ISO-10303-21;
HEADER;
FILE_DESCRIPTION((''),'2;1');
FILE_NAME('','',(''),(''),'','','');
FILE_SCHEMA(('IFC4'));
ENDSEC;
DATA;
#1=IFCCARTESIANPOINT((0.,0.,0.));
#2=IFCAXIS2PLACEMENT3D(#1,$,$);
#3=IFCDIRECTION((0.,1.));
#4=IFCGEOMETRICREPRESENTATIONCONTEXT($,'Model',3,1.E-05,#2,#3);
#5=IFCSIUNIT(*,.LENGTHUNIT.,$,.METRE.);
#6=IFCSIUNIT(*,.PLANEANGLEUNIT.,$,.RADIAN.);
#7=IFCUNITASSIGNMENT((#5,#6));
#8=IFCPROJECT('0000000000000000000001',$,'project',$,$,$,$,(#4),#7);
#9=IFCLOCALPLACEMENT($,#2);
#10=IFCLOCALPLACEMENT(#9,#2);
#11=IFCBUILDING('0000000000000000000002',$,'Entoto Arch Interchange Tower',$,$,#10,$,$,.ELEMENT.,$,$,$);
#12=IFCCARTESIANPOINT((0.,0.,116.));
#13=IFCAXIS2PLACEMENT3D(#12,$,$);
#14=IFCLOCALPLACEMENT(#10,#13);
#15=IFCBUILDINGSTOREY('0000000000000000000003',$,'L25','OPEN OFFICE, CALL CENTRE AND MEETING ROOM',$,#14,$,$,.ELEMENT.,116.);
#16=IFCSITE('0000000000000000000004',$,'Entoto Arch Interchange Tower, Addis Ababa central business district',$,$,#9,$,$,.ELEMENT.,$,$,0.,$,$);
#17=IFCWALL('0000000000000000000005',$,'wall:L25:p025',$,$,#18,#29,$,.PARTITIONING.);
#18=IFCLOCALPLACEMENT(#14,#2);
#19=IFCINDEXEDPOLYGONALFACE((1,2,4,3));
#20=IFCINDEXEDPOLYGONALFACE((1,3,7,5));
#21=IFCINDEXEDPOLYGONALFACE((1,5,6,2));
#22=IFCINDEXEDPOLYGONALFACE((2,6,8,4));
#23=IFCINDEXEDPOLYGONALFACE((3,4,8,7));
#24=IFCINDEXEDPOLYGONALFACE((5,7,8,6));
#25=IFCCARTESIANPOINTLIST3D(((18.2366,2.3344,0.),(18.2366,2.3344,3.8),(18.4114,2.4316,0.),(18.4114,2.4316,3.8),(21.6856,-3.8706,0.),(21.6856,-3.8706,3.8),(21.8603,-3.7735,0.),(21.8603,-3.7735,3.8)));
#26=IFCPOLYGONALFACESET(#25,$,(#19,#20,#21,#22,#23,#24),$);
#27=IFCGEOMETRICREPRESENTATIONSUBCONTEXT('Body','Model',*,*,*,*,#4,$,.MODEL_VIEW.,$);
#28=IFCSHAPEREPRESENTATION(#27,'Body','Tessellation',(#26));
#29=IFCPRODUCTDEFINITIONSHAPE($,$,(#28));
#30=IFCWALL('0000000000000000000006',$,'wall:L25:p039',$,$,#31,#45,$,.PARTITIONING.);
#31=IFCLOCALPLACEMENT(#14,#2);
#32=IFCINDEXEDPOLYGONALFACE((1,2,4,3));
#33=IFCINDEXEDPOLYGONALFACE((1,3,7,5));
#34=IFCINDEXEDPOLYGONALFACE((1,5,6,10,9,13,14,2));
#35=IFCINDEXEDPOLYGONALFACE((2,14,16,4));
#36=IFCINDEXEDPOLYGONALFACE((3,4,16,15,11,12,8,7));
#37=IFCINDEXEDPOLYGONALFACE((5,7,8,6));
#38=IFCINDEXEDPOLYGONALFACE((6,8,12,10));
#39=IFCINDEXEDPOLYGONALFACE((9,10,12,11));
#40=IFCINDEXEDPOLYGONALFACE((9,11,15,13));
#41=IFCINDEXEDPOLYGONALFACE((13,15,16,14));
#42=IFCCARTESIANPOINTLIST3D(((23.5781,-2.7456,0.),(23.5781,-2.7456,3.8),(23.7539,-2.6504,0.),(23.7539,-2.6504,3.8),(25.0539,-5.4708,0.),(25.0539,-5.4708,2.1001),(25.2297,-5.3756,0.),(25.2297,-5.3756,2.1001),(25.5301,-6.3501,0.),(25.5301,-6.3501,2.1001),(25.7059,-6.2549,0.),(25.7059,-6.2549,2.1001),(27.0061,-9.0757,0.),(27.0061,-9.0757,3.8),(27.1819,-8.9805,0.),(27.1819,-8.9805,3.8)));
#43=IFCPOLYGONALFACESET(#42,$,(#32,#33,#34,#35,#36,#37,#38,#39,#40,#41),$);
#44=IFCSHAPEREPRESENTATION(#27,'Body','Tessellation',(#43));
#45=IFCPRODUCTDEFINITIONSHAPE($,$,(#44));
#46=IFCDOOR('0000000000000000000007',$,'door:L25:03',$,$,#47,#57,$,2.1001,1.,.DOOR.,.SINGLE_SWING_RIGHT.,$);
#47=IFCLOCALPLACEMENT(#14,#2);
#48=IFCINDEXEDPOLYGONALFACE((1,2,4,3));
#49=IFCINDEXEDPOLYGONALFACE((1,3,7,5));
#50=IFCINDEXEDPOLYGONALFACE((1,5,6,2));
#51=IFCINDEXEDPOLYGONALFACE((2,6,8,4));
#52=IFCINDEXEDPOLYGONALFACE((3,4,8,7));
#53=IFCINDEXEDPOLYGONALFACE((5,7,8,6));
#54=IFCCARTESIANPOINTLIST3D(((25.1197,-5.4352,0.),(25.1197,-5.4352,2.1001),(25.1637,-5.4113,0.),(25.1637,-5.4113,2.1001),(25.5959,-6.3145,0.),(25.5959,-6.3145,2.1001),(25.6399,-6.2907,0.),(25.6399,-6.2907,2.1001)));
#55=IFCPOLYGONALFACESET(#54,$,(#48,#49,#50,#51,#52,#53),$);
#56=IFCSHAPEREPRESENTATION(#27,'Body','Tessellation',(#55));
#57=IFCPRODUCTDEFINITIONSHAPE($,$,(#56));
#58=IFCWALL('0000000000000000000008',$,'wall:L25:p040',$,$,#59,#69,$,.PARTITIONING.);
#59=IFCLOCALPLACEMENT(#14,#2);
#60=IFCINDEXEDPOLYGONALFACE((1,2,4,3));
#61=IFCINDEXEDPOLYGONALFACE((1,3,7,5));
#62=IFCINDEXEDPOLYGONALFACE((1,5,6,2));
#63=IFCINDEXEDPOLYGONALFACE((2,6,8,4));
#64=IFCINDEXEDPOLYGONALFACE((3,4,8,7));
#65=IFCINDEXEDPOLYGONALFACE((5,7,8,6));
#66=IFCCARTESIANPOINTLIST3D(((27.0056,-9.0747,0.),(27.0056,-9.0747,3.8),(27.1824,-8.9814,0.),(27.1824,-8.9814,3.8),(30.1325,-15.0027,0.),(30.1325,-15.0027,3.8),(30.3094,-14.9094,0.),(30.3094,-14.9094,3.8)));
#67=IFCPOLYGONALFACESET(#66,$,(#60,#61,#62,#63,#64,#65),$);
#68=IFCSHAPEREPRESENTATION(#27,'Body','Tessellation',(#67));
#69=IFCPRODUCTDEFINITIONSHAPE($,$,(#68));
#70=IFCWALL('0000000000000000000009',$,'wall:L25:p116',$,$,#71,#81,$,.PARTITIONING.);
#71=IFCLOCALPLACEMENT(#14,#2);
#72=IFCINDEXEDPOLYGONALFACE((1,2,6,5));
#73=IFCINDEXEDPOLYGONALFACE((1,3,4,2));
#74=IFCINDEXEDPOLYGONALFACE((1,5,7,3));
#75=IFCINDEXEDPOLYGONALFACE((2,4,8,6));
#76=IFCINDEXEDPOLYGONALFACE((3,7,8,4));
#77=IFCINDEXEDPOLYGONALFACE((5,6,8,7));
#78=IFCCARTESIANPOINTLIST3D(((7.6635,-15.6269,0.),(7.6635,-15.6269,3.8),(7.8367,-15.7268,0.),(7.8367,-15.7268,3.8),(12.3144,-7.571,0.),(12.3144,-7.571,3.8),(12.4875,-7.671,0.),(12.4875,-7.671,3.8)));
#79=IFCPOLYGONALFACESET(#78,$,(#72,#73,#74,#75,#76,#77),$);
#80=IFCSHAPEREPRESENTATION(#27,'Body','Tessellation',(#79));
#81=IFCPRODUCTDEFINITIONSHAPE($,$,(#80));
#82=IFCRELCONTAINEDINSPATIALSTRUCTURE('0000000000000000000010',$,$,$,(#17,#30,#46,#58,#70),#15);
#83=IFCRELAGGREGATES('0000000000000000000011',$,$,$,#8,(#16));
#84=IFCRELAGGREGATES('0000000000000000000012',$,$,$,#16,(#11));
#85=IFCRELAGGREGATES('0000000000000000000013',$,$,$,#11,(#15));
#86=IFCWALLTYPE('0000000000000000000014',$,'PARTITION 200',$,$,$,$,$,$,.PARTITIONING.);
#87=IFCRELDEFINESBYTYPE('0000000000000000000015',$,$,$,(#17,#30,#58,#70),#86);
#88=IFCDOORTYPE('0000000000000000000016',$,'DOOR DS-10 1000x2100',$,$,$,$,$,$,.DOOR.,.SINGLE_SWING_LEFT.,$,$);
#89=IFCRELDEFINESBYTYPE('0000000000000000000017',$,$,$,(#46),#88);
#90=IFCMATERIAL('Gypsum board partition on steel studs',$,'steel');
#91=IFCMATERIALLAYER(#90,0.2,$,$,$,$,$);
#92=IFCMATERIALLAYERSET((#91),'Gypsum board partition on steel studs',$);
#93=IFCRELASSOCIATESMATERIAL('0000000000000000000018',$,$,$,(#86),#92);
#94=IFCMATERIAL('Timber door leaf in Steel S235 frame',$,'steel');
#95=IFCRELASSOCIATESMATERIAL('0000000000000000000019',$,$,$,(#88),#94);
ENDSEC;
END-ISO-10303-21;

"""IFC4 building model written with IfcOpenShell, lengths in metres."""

from ifc_helpers import new_model, si_unit, direction, frame, frame_2d, origin, place, context, subcontext, project, spatial, rectangle, extrude, material, layer, layer_set, type_object, element, fill, save


model = new_model("IFC4")

# Units and contexts
model_context = context("Model", 3, precision=1e-05, world=origin(), true_north=direction((0.0, 1.0)))
body_context = subcontext(model_context, "Body", "Model", "MODEL_VIEW")
ifc_project = project(units=[si_unit("LENGTHUNIT", "METRE"), si_unit("PLANEANGLEUNIT", "RADIAN")], contexts=[model_context])

# Site, building, storey
site_placement = place(None, origin())
site = spatial("IfcSite", under=ifc_project, at=site_placement, Name="Entoto Arch Interchange Tower, Addis Ababa central business district", CompositionType="ELEMENT", RefElevation=0.0)
building_placement = place(site_placement, origin())
building = spatial("IfcBuilding", under=site, at=building_placement, Name="Entoto Arch Interchange Tower", CompositionType="ELEMENT")
storey_placement = place(building_placement, frame((0.0, 0.0, 116.0)))
storey = spatial("IfcBuildingStorey", under=building, at=storey_placement, Name="L25", Description="OPEN OFFICE, CALL CENTRE AND MEETING ROOM", CompositionType="ELEMENT", Elevation=116.0)

# Shared definitions
ifc_material_1 = material(Name="Gypsum board partition on steel studs", Category="steel")
ifc_layer_1 = layer(ifc_material_1, 0.2)
ifc_layer_set_1 = layer_set([ifc_layer_1], Name="Gypsum board partition on steel studs")
wall_type_1 = type_object("IfcWallType", Name="PARTITION 200", PredefinedType="PARTITIONING", material=ifc_layer_set_1)

# Shared definitions
ifc_material_2 = material(Name="Timber door leaf in Steel S235 frame", Category="steel")

# Wall
wall_1_placement = place(storey_placement, frame((21.7729, -3.822, 0.0), z_axis=(0.0, 0.0, 1.0), x_axis=(-0.485827, 0.874055, 0.0)))
element("IfcWall", 1, at=wall_1_placement, inside=storey, type_object=wall_type_1, Name="wall:L25:p025", PredefinedType="PARTITIONING", context=body_context, shape_type="SweptSolid", body=[
    extrude(rectangle(XDim=7.0991, YDim=0.2, at=frame_2d((3.5496, 0.0))), origin(), (0.0, 0.0, 1.0), 3.8),
])

# Wall, opening, door
wall_2_placement = place(storey_placement, frame((23.666, -2.698, 0.0), z_axis=(0.0, 0.0, 1.0), x_axis=(0.476196, -0.879339, 0.0)))
wall_2 = element("IfcWall", 2, at=wall_2_placement, inside=storey, type_object=wall_type_1, Name="wall:L25:p039", PredefinedType="PARTITIONING", context=body_context, shape_type="SweptSolid", body=[
    extrude(rectangle(XDim=7.1987, YDim=0.2, at=frame_2d((3.5994, 0.0))), origin(), (0.0, 0.0, 1.0), 3.8),
])
opening_1_placement = place(wall_2_placement, frame((3.0991, 0.0, 0.0)))
opening_1 = element("IfcOpeningElement", 3, at=opening_1_placement, cuts=wall_2, PredefinedType="OPENING", context=body_context, shape_type="SweptSolid", body=[
    extrude(rectangle(XDim=1.0, YDim=2.1001, at=frame_2d((0.5, 1.05))), frame((0.0, 0.1099, 0.0), z_axis=(0.0, -1.0, 0.0), x_axis=(1.0, 0.0, 0.0)), (0.0, 0.0, 1.0), 0.22),
])
door_type_1 = type_object("IfcDoorType", Name="DOOR DS-10 1000x2100", OperationType="SINGLE_SWING_LEFT", PredefinedType="DOOR", material=ifc_material_2)
door_1_placement = place(opening_1_placement, origin())
door_1 = element("IfcDoor", 4, at=door_1_placement, inside=storey, type_object=door_type_1, Name="door:L25:03", OperationType="SINGLE_SWING_RIGHT", OverallHeight=2.1001, OverallWidth=1.0, PredefinedType="DOOR", context=body_context, shape_type="SweptSolid", body=[
    extrude(rectangle(XDim=1.0, YDim=2.1001, at=frame_2d((0.5, 1.05))), frame((0.0, 0.0249, 0.0), z_axis=(0.0, -1.0, 0.0), x_axis=(1.0, 0.0, 0.0)), (0.0, 0.0, 1.0), 0.05),
])
fill(opening_1, door_1)

# Walls
wall_3_placement = place(storey_placement, frame((27.094, -9.0281, 0.0), z_axis=(0.0, 0.0, 1.0), x_axis=(0.46656, -0.88449, 0.0)))
element("IfcWall", 5, at=wall_3_placement, inside=storey, type_object=wall_type_1, Name="wall:L25:p040", PredefinedType="PARTITIONING", context=body_context, shape_type="SweptSolid", body=[
    extrude(rectangle(XDim=6.7021, YDim=0.2, at=frame_2d((3.3511, 0.0))), origin(), (0.0, 0.0, 1.0), 3.8),
])
wall_4_placement = place(storey_placement, frame((12.4009, -7.6211, 0.0), z_axis=(0.0, 0.0, 1.0), x_axis=(-0.499984, -0.866035, 0.0)))
element("IfcWall", 6, at=wall_4_placement, inside=storey, type_object=wall_type_1, Name="wall:L25:p116", PredefinedType="PARTITIONING", context=body_context, shape_type="SweptSolid", body=[
    extrude(rectangle(XDim=9.302, YDim=0.2, at=frame_2d((4.6509, 0.0))), origin(), (0.0, 0.0, 1.0), 3.8),
])

save(model, "model.ifc")
